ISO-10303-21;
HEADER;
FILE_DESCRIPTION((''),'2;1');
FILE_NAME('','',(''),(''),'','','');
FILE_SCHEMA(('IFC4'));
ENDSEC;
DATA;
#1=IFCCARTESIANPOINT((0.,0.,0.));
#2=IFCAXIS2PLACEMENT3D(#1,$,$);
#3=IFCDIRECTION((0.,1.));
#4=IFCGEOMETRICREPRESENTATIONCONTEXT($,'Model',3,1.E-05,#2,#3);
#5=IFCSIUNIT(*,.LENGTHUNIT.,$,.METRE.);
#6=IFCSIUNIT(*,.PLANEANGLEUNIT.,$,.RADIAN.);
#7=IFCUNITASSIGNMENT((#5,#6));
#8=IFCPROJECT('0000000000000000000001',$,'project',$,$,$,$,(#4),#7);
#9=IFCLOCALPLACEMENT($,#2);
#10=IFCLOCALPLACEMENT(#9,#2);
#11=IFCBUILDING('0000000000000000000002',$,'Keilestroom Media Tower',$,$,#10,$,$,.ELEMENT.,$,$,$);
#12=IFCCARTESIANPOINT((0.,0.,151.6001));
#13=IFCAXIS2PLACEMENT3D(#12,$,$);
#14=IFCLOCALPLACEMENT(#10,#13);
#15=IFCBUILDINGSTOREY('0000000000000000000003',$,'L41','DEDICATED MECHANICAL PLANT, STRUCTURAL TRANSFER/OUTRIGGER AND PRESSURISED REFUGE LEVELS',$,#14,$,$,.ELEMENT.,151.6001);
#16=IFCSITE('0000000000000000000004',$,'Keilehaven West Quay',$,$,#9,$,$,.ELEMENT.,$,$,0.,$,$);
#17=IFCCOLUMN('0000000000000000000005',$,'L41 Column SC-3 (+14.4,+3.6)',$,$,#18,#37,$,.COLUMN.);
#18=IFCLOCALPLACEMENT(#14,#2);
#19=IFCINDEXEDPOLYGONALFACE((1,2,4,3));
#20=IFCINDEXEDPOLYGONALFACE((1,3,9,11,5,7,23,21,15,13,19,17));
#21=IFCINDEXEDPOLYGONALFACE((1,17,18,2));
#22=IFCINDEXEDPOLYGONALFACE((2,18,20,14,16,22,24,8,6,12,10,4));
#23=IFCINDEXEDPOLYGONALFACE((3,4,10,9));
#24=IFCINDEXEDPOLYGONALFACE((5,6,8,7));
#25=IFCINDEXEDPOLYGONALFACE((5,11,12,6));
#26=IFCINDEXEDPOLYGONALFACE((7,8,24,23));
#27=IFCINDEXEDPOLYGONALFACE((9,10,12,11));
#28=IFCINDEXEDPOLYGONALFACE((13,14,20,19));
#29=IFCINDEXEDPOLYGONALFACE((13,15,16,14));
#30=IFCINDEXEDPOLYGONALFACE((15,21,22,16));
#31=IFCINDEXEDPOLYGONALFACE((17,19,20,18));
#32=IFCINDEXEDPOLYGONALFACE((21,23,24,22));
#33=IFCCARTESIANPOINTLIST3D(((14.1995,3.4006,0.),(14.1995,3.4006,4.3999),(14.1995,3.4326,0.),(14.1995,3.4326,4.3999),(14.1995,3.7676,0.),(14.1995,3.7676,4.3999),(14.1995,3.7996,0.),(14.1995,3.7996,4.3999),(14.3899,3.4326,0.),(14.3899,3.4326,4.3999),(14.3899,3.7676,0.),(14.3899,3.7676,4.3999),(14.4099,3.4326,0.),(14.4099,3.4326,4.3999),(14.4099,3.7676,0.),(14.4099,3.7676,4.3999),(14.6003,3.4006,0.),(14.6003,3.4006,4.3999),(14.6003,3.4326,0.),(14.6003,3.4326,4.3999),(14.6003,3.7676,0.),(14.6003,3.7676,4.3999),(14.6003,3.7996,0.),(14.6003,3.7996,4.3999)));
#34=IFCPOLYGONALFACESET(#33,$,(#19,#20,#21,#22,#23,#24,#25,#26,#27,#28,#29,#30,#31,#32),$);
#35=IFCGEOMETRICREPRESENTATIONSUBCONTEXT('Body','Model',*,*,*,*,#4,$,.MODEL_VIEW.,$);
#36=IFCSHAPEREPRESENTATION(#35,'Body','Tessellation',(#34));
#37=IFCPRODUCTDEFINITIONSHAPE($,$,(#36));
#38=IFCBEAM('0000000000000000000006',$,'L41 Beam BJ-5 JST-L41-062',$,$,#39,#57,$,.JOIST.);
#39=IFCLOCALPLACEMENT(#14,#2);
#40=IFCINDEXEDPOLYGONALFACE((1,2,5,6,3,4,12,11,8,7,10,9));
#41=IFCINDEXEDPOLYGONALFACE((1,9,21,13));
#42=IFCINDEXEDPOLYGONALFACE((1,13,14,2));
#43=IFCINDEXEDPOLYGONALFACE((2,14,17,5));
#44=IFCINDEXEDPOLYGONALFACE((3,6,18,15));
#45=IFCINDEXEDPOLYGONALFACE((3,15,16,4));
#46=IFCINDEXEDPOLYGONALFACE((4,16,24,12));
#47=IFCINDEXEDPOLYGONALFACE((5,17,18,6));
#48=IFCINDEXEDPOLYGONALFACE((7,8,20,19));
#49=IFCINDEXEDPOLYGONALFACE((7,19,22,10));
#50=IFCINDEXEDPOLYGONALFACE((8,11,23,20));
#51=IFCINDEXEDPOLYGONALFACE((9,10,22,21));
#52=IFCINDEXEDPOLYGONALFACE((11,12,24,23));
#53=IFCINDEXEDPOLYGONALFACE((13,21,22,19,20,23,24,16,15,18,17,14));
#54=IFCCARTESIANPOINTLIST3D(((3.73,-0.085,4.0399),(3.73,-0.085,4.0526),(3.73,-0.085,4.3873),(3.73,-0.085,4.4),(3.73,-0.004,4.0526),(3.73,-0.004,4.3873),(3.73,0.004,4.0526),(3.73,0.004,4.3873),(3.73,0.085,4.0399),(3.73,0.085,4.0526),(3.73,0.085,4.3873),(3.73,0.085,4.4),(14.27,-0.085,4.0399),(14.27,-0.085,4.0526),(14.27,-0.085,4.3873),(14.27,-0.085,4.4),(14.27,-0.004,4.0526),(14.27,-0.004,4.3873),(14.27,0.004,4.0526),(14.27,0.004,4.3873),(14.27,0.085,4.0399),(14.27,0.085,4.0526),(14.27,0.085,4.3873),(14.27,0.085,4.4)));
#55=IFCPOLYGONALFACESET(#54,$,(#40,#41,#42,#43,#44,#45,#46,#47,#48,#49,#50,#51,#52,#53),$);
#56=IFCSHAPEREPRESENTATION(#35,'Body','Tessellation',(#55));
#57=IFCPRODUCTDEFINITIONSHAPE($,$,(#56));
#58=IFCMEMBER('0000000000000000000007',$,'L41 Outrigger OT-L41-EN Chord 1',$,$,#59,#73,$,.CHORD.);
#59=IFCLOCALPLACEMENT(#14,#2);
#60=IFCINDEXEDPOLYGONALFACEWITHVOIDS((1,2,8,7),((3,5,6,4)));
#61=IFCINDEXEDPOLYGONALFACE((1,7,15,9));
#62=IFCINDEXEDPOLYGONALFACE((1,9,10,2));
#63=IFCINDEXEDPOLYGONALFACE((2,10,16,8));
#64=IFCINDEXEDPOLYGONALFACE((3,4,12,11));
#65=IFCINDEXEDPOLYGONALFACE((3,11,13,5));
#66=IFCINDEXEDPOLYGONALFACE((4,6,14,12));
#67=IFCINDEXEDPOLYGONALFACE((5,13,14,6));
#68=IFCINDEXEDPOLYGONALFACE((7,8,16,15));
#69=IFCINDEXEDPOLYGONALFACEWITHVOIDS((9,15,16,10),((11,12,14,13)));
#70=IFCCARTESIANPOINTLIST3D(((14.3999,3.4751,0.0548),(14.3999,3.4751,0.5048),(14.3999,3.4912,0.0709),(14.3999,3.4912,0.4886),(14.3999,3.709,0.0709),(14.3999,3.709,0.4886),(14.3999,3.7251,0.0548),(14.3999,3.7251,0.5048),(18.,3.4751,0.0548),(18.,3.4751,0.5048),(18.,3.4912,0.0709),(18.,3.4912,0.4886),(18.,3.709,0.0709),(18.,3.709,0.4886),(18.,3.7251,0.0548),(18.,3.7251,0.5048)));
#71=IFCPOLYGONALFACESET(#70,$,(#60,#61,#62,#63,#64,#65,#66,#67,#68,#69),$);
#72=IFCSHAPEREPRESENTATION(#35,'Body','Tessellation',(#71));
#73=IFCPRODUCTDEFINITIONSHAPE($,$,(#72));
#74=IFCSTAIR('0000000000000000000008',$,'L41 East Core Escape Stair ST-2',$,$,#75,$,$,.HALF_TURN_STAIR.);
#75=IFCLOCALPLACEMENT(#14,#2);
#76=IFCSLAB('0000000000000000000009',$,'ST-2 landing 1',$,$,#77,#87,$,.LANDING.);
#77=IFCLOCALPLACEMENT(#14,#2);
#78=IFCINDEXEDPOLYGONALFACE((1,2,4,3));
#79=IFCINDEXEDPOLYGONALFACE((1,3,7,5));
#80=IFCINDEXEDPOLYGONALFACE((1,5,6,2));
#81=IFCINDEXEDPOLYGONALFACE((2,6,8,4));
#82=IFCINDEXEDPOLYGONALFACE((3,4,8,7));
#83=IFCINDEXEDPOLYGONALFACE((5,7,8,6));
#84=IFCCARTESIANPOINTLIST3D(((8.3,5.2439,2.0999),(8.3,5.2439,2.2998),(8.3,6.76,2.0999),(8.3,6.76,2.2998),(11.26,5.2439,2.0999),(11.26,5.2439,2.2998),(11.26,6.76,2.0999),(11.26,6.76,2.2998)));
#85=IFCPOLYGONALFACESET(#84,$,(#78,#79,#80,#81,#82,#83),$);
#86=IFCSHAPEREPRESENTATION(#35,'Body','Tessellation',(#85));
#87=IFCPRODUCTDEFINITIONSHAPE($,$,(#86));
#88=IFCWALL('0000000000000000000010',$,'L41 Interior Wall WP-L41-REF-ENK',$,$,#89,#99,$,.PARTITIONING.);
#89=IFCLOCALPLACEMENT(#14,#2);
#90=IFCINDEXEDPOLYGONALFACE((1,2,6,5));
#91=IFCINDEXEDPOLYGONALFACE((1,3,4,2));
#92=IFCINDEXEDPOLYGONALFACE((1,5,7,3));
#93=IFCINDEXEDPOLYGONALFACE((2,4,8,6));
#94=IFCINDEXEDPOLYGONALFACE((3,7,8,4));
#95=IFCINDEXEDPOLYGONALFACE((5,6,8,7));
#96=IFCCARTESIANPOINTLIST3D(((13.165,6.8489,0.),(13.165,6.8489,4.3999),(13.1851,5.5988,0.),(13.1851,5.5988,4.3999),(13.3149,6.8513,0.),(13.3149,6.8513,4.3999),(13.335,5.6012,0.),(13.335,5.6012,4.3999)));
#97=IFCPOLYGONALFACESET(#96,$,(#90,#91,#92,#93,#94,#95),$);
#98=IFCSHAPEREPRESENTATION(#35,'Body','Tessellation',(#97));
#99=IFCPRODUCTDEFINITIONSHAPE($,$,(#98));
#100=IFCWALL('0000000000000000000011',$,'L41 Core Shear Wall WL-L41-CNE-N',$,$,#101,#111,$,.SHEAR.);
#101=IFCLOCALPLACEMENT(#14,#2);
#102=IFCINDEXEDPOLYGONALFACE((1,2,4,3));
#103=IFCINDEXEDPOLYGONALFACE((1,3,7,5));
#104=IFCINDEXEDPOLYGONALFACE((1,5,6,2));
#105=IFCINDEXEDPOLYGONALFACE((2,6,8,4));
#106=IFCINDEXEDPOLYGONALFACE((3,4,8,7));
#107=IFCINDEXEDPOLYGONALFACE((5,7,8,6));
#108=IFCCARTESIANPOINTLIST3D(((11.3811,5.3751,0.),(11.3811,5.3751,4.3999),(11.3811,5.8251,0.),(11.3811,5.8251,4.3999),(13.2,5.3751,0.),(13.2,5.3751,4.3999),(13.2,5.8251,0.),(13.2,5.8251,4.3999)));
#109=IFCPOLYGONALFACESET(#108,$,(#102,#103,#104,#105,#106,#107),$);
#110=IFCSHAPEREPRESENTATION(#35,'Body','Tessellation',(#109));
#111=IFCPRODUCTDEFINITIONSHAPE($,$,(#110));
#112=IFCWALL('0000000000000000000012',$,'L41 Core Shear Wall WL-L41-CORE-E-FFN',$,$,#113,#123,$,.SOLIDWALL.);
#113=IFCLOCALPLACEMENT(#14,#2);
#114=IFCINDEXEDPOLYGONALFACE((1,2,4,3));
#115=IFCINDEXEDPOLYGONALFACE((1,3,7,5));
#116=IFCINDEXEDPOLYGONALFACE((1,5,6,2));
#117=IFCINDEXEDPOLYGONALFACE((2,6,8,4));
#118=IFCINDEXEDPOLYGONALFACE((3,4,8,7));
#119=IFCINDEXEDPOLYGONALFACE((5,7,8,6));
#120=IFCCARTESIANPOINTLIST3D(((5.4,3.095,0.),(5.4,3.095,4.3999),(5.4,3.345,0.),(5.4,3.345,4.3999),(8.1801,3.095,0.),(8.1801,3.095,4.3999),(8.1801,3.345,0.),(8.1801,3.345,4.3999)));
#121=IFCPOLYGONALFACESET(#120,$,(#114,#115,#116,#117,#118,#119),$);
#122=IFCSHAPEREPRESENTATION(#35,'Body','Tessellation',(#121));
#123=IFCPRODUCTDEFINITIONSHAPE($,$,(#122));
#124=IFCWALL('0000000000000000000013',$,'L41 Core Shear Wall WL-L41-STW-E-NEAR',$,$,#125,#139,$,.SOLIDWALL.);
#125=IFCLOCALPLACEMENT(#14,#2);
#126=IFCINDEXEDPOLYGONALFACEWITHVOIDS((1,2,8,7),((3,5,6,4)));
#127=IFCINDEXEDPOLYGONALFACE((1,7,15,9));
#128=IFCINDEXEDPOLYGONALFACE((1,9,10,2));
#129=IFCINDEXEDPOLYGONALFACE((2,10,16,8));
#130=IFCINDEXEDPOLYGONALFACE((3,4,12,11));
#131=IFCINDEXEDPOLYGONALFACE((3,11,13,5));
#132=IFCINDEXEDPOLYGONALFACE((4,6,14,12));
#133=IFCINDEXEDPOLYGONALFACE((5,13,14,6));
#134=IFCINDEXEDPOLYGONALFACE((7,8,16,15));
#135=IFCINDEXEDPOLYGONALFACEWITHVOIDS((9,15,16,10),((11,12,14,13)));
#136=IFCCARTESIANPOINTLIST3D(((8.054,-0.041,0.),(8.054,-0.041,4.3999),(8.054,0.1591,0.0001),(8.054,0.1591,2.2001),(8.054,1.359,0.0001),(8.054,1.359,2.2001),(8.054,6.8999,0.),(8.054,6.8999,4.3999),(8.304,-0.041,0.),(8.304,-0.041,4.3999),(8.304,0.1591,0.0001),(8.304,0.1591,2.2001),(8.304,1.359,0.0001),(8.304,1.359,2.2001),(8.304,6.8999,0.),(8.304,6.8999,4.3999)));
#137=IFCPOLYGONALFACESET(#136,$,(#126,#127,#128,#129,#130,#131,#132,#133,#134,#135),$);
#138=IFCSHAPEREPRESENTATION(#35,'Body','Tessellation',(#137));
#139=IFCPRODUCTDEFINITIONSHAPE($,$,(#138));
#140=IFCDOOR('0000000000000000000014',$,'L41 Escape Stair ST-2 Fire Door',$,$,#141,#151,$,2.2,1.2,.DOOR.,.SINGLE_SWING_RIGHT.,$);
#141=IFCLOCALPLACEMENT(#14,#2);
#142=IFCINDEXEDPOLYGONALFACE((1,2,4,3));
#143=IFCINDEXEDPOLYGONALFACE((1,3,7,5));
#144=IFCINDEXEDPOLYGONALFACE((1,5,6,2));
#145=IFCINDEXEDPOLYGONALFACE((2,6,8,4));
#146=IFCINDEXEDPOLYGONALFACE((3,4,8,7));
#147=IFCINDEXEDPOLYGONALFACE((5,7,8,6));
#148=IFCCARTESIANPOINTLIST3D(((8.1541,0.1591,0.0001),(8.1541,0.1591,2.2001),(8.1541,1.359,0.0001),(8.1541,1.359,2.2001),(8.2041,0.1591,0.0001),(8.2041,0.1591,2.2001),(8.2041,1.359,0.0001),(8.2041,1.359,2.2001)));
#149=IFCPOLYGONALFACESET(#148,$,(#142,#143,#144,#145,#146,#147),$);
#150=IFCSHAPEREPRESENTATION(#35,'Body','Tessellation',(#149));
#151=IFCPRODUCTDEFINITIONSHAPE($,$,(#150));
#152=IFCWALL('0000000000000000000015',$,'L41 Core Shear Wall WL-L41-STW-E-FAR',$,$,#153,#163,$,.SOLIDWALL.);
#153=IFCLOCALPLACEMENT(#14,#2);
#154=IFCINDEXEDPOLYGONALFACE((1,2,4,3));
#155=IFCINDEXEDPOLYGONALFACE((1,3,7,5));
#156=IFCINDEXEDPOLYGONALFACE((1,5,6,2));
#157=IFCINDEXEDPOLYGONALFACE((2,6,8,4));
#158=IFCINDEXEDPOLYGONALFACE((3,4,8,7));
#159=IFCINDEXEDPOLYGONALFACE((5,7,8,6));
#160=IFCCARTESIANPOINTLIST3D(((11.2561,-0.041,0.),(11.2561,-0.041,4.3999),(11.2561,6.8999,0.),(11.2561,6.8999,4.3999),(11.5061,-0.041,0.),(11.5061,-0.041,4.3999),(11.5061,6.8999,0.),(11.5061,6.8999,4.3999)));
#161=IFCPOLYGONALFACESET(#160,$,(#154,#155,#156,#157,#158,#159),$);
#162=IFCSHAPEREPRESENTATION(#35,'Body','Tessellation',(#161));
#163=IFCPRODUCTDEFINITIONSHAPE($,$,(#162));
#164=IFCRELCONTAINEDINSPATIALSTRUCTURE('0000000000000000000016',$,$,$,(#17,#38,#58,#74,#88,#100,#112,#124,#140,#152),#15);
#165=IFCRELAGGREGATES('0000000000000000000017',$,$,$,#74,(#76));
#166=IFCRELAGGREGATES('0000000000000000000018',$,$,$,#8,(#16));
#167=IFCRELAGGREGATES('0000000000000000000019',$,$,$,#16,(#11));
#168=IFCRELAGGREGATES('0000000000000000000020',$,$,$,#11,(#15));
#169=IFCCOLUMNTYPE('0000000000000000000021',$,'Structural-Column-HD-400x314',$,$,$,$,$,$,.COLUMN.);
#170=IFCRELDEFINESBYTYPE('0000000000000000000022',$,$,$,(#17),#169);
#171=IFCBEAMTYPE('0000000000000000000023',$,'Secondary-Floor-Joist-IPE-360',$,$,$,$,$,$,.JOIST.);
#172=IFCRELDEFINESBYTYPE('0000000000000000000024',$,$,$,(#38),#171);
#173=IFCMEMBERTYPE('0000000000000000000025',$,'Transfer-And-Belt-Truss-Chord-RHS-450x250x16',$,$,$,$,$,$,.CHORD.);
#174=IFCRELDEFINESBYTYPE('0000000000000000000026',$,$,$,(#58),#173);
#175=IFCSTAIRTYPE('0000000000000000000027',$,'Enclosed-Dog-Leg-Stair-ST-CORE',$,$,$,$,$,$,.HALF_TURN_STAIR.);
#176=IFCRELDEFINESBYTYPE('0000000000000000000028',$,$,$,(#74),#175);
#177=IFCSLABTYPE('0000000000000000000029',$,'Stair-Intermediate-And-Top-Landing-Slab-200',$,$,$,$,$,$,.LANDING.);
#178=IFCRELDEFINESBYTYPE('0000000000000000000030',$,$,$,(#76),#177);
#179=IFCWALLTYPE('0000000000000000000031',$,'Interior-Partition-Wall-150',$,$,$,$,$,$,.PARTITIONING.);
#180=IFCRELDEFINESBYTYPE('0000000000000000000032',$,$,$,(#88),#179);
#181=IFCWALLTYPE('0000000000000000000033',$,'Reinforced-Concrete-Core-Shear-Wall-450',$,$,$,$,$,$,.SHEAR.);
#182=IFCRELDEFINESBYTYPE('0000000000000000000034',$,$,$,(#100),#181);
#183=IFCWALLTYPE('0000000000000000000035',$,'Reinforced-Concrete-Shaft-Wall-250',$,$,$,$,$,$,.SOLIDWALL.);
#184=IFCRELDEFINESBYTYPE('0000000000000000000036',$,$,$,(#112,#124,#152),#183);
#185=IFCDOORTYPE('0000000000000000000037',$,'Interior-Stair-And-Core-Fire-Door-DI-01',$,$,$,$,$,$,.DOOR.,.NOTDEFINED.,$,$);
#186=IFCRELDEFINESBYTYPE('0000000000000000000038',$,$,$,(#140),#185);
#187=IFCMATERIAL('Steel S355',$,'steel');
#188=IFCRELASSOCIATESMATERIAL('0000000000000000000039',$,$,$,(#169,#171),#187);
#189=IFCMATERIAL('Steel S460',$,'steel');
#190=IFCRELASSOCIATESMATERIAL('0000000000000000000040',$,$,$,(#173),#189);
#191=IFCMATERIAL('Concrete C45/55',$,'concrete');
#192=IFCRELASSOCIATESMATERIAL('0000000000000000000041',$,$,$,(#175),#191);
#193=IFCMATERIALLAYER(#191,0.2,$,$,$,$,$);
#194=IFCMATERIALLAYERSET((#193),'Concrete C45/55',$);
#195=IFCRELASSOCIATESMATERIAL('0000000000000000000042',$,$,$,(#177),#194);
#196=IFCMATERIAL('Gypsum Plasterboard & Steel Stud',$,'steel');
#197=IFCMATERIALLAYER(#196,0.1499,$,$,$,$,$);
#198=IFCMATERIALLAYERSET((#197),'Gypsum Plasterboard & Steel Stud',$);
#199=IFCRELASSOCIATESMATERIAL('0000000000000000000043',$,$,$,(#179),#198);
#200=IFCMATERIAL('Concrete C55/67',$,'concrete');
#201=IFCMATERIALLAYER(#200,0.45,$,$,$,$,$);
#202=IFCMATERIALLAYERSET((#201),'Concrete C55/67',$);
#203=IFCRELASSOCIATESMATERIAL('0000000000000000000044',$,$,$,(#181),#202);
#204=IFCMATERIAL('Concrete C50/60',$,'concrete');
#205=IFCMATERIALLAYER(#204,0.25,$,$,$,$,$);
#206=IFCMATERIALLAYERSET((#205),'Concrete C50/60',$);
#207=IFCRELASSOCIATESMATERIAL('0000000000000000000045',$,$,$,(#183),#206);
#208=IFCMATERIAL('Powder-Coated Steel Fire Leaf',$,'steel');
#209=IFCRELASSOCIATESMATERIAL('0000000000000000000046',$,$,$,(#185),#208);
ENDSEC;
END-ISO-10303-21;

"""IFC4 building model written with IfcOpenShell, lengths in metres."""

from ifc_helpers import new_model, si_unit, direction, frame, frame_2d, origin, origin_2d, place, context, subcontext, project, spatial, polyline, rectangle, hollow_rectangle, i_section, outline, extrude, source, transform, mapped, material, layer, layer_set, material_profile, profile_set, type_object, element, fill, aggregate, save


model = new_model("IFC4")

# Units and contexts
model_context = context("Model", 3, precision=1e-05, world=origin(), true_north=direction((0.0, 1.0)))
body_context = subcontext(model_context, "Body", "Model", "MODEL_VIEW")
ifc_project = project(units=[si_unit("LENGTHUNIT", "METRE"), si_unit("PLANEANGLEUNIT", "RADIAN")], contexts=[model_context])

# Site, building, storey
site_placement = place(None, origin())
site = spatial("IfcSite", under=ifc_project, at=site_placement, Name="Keilehaven West Quay", CompositionType="ELEMENT", RefElevation=0.0)
building_placement = place(site_placement, origin())
building = spatial("IfcBuilding", under=site, at=building_placement, Name="Keilestroom Media Tower", CompositionType="ELEMENT")
storey_placement = place(building_placement, frame((0.0, 0.0, 151.6001)))
storey = spatial("IfcBuildingStorey", under=building, at=storey_placement, Name="L41", Description="DEDICATED MECHANICAL PLANT, STRUCTURAL TRANSFER/OUTRIGGER AND PRESSURISED REFUGE LEVELS", CompositionType="ELEMENT", Elevation=151.6001)

# Column
ifc_material_1 = material(Name="Steel S355", Category="steel")
ifc_material_profile_1 = material_profile(ifc_material_1, i_section(OverallWidth=0.4009, OverallDepth=0.3989, WebThickness=0.02, FlangeThickness=0.032, at=origin_2d()), Name="HD 400x314")
ifc_profile_set_1 = profile_set([ifc_material_profile_1], Name="Steel S355")
column_type = type_object("IfcColumnType", Name="Structural-Column-HD-400x314", PredefinedType="COLUMN", material=ifc_profile_set_1)
shared_shape_1 = source(origin(), body_context, "Body", "SweptSolid", [
    extrude(i_section(OverallWidth=0.4009, OverallDepth=0.3989, WebThickness=0.02, FlangeThickness=0.032, at=origin_2d()), origin(), (0.0, 0.0, 1.0), 4.3999),
])
column_placement = place(storey_placement, frame((14.3999, 3.6001, 0.0), z_axis=(0.0, 0.0, 1.0), x_axis=(1.0, 0.0, 0.0)))
element("IfcColumn", 1, at=column_placement, inside=storey, type_object=column_type, Name="L41 Column SC-3 (+14.4,+3.6)", PredefinedType="COLUMN", context=body_context, shape_type="MappedRepresentation", body=[
    mapped(shared_shape_1, transform((0.0, 0.0, 0.0), x_axis=(1.0, 0.0, 0.0), y_axis=(0.0, 1.0, 0.0), z_axis=(0.0, 0.0, 1.0), scale=1.0)),
])

# Beam
ifc_material_profile_2 = material_profile(ifc_material_1, i_section(OverallWidth=0.1699, OverallDepth=0.3601, WebThickness=0.0081, FlangeThickness=0.0127, at=origin_2d()), Name="IPE 360")
ifc_profile_set_2 = profile_set([ifc_material_profile_2], Name="Steel S355")
beam_type = type_object("IfcBeamType", Name="Secondary-Floor-Joist-IPE-360", PredefinedType="JOIST", material=ifc_profile_set_2)
shared_shape_2 = source(origin(), body_context, "Body", "SweptSolid", [
    extrude(i_section(OverallWidth=0.1699, OverallDepth=0.3601, WebThickness=0.0081, FlangeThickness=0.0127, at=origin_2d()), origin(), (0.0, 0.0, 1.0), 10.54),
])
beam_placement = place(storey_placement, frame((3.73, 0.0, 4.22), z_axis=(1.0, 0.0, 0.0), x_axis=(0.0, 1.0, 0.0)))
element("IfcBeam", 2, at=beam_placement, inside=storey, type_object=beam_type, Name="L41 Beam BJ-5 JST-L41-062", PredefinedType="JOIST", context=body_context, shape_type="MappedRepresentation", body=[
    mapped(shared_shape_2, transform((0.0, 0.0, 0.0), x_axis=(1.0, 0.0, 0.0), y_axis=(0.0, 1.0, 0.0), z_axis=(0.0, 0.0, 1.0), scale=1.0)),
])

# Member
ifc_material_2 = material(Name="Steel S460", Category="steel")
ifc_material_profile_3 = material_profile(ifc_material_2, hollow_rectangle(XDim=0.25, YDim=0.45, WallThickness=0.0161, at=origin_2d()), Name="RHS 450x250x16")
ifc_profile_set_3 = profile_set([ifc_material_profile_3], Name="Steel S460")
member_type = type_object("IfcMemberType", Name="Transfer-And-Belt-Truss-Chord-RHS-450x250x16", PredefinedType="CHORD", material=ifc_profile_set_3)
shared_shape_3 = source(origin(), body_context, "Body", "SweptSolid", [
    extrude(hollow_rectangle(XDim=0.25, YDim=0.45, WallThickness=0.0161, at=origin_2d()), origin(), (0.0, 0.0, 1.0), 3.6001),
])
member_placement = place(storey_placement, frame((14.3999, 3.6001, 0.2798), z_axis=(1.0, 0.0, 0.0), x_axis=(0.0, 1.0, 0.0)))
element("IfcMember", 3, at=member_placement, inside=storey, type_object=member_type, Name="L41 Outrigger OT-L41-EN Chord 1", PredefinedType="CHORD", context=body_context, shape_type="MappedRepresentation", body=[
    mapped(shared_shape_3, transform((0.0, 0.0, 0.0), x_axis=(1.0, 0.0, 0.0), y_axis=(0.0, 1.0, 0.0), z_axis=(0.0, 0.0, 1.0), scale=1.0)),
])

# Stair, slab
ifc_material_3 = material(Name="Concrete C45/55", Category="concrete")
stair_type = type_object("IfcStairType", Name="Enclosed-Dog-Leg-Stair-ST-CORE", PredefinedType="HALF_TURN_STAIR", material=ifc_material_3)
stair_placement = place(storey_placement, origin())
stair = element("IfcStair", 4, at=stair_placement, inside=storey, type_object=stair_type, Name="L41 East Core Escape Stair ST-2", PredefinedType="HALF_TURN_STAIR")
ifc_layer_1 = layer(ifc_material_3, 0.2)
ifc_layer_set_1 = layer_set([ifc_layer_1], Name="Concrete C45/55")
slab_type = type_object("IfcSlabType", Name="Stair-Intermediate-And-Top-Landing-Slab-200", PredefinedType="LANDING", material=ifc_layer_set_1)
slab_placement = place(storey_placement, frame((0.0, 0.0, 2.0999)))
slab = element("IfcSlab", 5, at=slab_placement, type_object=slab_type, Name="ST-2 landing 1", PredefinedType="LANDING", context=body_context, shape_type="SweptSolid", body=[
    extrude(outline(polyline([(11.26, 5.2439), (11.26, 6.76), (8.3, 6.76), (8.3, 5.2439), (11.26, 5.2439)])), origin(), (0.0, 0.0, 1.0), 0.2),
])

# Walls
ifc_material_4 = material(Name="Gypsum Plasterboard & Steel Stud", Category="steel")
ifc_layer_2 = layer(ifc_material_4, 0.1499)
ifc_layer_set_2 = layer_set([ifc_layer_2], Name="Gypsum Plasterboard & Steel Stud")
wall_type_1 = type_object("IfcWallType", Name="Interior-Partition-Wall-150", PredefinedType="PARTITIONING", material=ifc_layer_set_2)
wall_1_placement = place(storey_placement, frame((13.26, 5.6001, 0.0), z_axis=(0.0, 0.0, 1.0), x_axis=(-0.016014, 0.999872, 0.0)))
element("IfcWall", 6, at=wall_1_placement, inside=storey, type_object=wall_type_1, Name="L41 Interior Wall WP-L41-REF-ENK", PredefinedType="PARTITIONING", context=body_context, shape_type="SweptSolid", body=[
    extrude(rectangle(XDim=1.2502, YDim=0.1499, at=frame_2d((0.625, 0.0))), origin(), (0.0, 0.0, 1.0), 4.3999),
])
ifc_material_5 = material(Name="Concrete C55/67", Category="concrete")
ifc_layer_3 = layer(ifc_material_5, 0.45)
ifc_layer_set_3 = layer_set([ifc_layer_3], Name="Concrete C55/67")
wall_type_2 = type_object("IfcWallType", Name="Reinforced-Concrete-Core-Shear-Wall-450", PredefinedType="SHEAR", material=ifc_layer_set_3)
wall_2_placement = place(storey_placement, frame((11.3811, 5.6001, 0.0), z_axis=(0.0, 0.0, 1.0), x_axis=(1.0, 0.0, 0.0)))
element("IfcWall", 7, at=wall_2_placement, inside=storey, type_object=wall_type_2, Name="L41 Core Shear Wall WL-L41-CNE-N", PredefinedType="SHEAR", context=body_context, shape_type="SweptSolid", body=[
    extrude(rectangle(XDim=1.8188, YDim=0.45, at=frame_2d((0.9094, 0.0))), origin(), (0.0, 0.0, 1.0), 4.3999),
])
ifc_material_6 = material(Name="Concrete C50/60", Category="concrete")
ifc_layer_4 = layer(ifc_material_6, 0.25)
ifc_layer_set_4 = layer_set([ifc_layer_4], Name="Concrete C50/60")
wall_type_3 = type_object("IfcWallType", Name="Reinforced-Concrete-Shaft-Wall-250", PredefinedType="SOLIDWALL", material=ifc_layer_set_4)
wall_3_placement = place(storey_placement, frame((5.3999, 3.22, 0.0), z_axis=(0.0, 0.0, 1.0), x_axis=(1.0, 0.0, 0.0)))
element("IfcWall", 8, at=wall_3_placement, inside=storey, type_object=wall_type_3, Name="L41 Core Shear Wall WL-L41-CORE-E-FFN", PredefinedType="SOLIDWALL", context=body_context, shape_type="SweptSolid", body=[
    extrude(rectangle(XDim=2.78, YDim=0.25, at=frame_2d((1.3901, 0.0))), origin(), (0.0, 0.0, 1.0), 4.3999),
])

# Wall, opening, door
wall_4_placement = place(storey_placement, frame((8.179, -0.041, 0.0), z_axis=(0.0, 0.0, 1.0), x_axis=(0.0, 1.0, 0.0)))
wall_4 = element("IfcWall", 9, at=wall_4_placement, inside=storey, type_object=wall_type_3, Name="L41 Core Shear Wall WL-L41-STW-E-NEAR", PredefinedType="SOLIDWALL", context=body_context, shape_type="SweptSolid", body=[
    extrude(rectangle(XDim=6.9409, YDim=0.25, at=frame_2d((3.4705, 0.0))), origin(), (0.0, 0.0, 1.0), 4.3999),
])
opening_placement = place(wall_4_placement, frame((0.2, 0.0, 0.0)))
opening = element("IfcOpeningElement", 10, at=opening_placement, cuts=wall_4, PredefinedType="OPENING", context=body_context, shape_type="SweptSolid", body=[
    extrude(rectangle(XDim=1.2, YDim=2.2, at=frame_2d((0.6001, 1.1001))), frame((0.0, 0.135, 0.0), z_axis=(0.0, -1.0, 0.0), x_axis=(1.0, 0.0, 0.0)), (0.0, 0.0, 1.0), 0.27),
])
ifc_material_7 = material(Name="Powder-Coated Steel Fire Leaf", Category="steel")
door_type = type_object("IfcDoorType", Name="Interior-Stair-And-Core-Fire-Door-DI-01", OperationType="NOTDEFINED", PredefinedType="DOOR", material=ifc_material_7)
shared_shape_4 = source(origin(), body_context, "Body", "SweptSolid", [
    extrude(rectangle(XDim=1.2, YDim=2.2, at=frame_2d((0.6001, 1.1001))), frame((0.0, 0.0249, 0.0), z_axis=(0.0, -1.0, 0.0), x_axis=(1.0, 0.0, 0.0)), (0.0, 0.0, 1.0), 0.05),
])
door_placement = place(opening_placement, origin())
door = element("IfcDoor", 11, at=door_placement, inside=storey, type_object=door_type, Name="L41 Escape Stair ST-2 Fire Door", OperationType="SINGLE_SWING_RIGHT", OverallHeight=2.2, OverallWidth=1.2, PredefinedType="DOOR", context=body_context, shape_type="MappedRepresentation", body=[
    mapped(shared_shape_4, transform((0.0, 0.0, 0.0), x_axis=(1.0, 0.0, 0.0), y_axis=(0.0, 1.0, 0.0), z_axis=(0.0, 0.0, 1.0), scale=1.0)),
])
fill(opening, door)

# Wall
wall_5_placement = place(storey_placement, frame((11.3811, -0.041, 0.0), z_axis=(0.0, 0.0, 1.0), x_axis=(0.0, 1.0, 0.0)))
element("IfcWall", 12, at=wall_5_placement, inside=storey, type_object=wall_type_3, Name="L41 Core Shear Wall WL-L41-STW-E-FAR", PredefinedType="SOLIDWALL", context=body_context, shape_type="SweptSolid", body=[
    extrude(rectangle(XDim=6.9409, YDim=0.25, at=frame_2d((3.4705, 0.0))), origin(), (0.0, 0.0, 1.0), 4.3999),
])

aggregate(stair, [slab])

save(model, "model.ifc")
